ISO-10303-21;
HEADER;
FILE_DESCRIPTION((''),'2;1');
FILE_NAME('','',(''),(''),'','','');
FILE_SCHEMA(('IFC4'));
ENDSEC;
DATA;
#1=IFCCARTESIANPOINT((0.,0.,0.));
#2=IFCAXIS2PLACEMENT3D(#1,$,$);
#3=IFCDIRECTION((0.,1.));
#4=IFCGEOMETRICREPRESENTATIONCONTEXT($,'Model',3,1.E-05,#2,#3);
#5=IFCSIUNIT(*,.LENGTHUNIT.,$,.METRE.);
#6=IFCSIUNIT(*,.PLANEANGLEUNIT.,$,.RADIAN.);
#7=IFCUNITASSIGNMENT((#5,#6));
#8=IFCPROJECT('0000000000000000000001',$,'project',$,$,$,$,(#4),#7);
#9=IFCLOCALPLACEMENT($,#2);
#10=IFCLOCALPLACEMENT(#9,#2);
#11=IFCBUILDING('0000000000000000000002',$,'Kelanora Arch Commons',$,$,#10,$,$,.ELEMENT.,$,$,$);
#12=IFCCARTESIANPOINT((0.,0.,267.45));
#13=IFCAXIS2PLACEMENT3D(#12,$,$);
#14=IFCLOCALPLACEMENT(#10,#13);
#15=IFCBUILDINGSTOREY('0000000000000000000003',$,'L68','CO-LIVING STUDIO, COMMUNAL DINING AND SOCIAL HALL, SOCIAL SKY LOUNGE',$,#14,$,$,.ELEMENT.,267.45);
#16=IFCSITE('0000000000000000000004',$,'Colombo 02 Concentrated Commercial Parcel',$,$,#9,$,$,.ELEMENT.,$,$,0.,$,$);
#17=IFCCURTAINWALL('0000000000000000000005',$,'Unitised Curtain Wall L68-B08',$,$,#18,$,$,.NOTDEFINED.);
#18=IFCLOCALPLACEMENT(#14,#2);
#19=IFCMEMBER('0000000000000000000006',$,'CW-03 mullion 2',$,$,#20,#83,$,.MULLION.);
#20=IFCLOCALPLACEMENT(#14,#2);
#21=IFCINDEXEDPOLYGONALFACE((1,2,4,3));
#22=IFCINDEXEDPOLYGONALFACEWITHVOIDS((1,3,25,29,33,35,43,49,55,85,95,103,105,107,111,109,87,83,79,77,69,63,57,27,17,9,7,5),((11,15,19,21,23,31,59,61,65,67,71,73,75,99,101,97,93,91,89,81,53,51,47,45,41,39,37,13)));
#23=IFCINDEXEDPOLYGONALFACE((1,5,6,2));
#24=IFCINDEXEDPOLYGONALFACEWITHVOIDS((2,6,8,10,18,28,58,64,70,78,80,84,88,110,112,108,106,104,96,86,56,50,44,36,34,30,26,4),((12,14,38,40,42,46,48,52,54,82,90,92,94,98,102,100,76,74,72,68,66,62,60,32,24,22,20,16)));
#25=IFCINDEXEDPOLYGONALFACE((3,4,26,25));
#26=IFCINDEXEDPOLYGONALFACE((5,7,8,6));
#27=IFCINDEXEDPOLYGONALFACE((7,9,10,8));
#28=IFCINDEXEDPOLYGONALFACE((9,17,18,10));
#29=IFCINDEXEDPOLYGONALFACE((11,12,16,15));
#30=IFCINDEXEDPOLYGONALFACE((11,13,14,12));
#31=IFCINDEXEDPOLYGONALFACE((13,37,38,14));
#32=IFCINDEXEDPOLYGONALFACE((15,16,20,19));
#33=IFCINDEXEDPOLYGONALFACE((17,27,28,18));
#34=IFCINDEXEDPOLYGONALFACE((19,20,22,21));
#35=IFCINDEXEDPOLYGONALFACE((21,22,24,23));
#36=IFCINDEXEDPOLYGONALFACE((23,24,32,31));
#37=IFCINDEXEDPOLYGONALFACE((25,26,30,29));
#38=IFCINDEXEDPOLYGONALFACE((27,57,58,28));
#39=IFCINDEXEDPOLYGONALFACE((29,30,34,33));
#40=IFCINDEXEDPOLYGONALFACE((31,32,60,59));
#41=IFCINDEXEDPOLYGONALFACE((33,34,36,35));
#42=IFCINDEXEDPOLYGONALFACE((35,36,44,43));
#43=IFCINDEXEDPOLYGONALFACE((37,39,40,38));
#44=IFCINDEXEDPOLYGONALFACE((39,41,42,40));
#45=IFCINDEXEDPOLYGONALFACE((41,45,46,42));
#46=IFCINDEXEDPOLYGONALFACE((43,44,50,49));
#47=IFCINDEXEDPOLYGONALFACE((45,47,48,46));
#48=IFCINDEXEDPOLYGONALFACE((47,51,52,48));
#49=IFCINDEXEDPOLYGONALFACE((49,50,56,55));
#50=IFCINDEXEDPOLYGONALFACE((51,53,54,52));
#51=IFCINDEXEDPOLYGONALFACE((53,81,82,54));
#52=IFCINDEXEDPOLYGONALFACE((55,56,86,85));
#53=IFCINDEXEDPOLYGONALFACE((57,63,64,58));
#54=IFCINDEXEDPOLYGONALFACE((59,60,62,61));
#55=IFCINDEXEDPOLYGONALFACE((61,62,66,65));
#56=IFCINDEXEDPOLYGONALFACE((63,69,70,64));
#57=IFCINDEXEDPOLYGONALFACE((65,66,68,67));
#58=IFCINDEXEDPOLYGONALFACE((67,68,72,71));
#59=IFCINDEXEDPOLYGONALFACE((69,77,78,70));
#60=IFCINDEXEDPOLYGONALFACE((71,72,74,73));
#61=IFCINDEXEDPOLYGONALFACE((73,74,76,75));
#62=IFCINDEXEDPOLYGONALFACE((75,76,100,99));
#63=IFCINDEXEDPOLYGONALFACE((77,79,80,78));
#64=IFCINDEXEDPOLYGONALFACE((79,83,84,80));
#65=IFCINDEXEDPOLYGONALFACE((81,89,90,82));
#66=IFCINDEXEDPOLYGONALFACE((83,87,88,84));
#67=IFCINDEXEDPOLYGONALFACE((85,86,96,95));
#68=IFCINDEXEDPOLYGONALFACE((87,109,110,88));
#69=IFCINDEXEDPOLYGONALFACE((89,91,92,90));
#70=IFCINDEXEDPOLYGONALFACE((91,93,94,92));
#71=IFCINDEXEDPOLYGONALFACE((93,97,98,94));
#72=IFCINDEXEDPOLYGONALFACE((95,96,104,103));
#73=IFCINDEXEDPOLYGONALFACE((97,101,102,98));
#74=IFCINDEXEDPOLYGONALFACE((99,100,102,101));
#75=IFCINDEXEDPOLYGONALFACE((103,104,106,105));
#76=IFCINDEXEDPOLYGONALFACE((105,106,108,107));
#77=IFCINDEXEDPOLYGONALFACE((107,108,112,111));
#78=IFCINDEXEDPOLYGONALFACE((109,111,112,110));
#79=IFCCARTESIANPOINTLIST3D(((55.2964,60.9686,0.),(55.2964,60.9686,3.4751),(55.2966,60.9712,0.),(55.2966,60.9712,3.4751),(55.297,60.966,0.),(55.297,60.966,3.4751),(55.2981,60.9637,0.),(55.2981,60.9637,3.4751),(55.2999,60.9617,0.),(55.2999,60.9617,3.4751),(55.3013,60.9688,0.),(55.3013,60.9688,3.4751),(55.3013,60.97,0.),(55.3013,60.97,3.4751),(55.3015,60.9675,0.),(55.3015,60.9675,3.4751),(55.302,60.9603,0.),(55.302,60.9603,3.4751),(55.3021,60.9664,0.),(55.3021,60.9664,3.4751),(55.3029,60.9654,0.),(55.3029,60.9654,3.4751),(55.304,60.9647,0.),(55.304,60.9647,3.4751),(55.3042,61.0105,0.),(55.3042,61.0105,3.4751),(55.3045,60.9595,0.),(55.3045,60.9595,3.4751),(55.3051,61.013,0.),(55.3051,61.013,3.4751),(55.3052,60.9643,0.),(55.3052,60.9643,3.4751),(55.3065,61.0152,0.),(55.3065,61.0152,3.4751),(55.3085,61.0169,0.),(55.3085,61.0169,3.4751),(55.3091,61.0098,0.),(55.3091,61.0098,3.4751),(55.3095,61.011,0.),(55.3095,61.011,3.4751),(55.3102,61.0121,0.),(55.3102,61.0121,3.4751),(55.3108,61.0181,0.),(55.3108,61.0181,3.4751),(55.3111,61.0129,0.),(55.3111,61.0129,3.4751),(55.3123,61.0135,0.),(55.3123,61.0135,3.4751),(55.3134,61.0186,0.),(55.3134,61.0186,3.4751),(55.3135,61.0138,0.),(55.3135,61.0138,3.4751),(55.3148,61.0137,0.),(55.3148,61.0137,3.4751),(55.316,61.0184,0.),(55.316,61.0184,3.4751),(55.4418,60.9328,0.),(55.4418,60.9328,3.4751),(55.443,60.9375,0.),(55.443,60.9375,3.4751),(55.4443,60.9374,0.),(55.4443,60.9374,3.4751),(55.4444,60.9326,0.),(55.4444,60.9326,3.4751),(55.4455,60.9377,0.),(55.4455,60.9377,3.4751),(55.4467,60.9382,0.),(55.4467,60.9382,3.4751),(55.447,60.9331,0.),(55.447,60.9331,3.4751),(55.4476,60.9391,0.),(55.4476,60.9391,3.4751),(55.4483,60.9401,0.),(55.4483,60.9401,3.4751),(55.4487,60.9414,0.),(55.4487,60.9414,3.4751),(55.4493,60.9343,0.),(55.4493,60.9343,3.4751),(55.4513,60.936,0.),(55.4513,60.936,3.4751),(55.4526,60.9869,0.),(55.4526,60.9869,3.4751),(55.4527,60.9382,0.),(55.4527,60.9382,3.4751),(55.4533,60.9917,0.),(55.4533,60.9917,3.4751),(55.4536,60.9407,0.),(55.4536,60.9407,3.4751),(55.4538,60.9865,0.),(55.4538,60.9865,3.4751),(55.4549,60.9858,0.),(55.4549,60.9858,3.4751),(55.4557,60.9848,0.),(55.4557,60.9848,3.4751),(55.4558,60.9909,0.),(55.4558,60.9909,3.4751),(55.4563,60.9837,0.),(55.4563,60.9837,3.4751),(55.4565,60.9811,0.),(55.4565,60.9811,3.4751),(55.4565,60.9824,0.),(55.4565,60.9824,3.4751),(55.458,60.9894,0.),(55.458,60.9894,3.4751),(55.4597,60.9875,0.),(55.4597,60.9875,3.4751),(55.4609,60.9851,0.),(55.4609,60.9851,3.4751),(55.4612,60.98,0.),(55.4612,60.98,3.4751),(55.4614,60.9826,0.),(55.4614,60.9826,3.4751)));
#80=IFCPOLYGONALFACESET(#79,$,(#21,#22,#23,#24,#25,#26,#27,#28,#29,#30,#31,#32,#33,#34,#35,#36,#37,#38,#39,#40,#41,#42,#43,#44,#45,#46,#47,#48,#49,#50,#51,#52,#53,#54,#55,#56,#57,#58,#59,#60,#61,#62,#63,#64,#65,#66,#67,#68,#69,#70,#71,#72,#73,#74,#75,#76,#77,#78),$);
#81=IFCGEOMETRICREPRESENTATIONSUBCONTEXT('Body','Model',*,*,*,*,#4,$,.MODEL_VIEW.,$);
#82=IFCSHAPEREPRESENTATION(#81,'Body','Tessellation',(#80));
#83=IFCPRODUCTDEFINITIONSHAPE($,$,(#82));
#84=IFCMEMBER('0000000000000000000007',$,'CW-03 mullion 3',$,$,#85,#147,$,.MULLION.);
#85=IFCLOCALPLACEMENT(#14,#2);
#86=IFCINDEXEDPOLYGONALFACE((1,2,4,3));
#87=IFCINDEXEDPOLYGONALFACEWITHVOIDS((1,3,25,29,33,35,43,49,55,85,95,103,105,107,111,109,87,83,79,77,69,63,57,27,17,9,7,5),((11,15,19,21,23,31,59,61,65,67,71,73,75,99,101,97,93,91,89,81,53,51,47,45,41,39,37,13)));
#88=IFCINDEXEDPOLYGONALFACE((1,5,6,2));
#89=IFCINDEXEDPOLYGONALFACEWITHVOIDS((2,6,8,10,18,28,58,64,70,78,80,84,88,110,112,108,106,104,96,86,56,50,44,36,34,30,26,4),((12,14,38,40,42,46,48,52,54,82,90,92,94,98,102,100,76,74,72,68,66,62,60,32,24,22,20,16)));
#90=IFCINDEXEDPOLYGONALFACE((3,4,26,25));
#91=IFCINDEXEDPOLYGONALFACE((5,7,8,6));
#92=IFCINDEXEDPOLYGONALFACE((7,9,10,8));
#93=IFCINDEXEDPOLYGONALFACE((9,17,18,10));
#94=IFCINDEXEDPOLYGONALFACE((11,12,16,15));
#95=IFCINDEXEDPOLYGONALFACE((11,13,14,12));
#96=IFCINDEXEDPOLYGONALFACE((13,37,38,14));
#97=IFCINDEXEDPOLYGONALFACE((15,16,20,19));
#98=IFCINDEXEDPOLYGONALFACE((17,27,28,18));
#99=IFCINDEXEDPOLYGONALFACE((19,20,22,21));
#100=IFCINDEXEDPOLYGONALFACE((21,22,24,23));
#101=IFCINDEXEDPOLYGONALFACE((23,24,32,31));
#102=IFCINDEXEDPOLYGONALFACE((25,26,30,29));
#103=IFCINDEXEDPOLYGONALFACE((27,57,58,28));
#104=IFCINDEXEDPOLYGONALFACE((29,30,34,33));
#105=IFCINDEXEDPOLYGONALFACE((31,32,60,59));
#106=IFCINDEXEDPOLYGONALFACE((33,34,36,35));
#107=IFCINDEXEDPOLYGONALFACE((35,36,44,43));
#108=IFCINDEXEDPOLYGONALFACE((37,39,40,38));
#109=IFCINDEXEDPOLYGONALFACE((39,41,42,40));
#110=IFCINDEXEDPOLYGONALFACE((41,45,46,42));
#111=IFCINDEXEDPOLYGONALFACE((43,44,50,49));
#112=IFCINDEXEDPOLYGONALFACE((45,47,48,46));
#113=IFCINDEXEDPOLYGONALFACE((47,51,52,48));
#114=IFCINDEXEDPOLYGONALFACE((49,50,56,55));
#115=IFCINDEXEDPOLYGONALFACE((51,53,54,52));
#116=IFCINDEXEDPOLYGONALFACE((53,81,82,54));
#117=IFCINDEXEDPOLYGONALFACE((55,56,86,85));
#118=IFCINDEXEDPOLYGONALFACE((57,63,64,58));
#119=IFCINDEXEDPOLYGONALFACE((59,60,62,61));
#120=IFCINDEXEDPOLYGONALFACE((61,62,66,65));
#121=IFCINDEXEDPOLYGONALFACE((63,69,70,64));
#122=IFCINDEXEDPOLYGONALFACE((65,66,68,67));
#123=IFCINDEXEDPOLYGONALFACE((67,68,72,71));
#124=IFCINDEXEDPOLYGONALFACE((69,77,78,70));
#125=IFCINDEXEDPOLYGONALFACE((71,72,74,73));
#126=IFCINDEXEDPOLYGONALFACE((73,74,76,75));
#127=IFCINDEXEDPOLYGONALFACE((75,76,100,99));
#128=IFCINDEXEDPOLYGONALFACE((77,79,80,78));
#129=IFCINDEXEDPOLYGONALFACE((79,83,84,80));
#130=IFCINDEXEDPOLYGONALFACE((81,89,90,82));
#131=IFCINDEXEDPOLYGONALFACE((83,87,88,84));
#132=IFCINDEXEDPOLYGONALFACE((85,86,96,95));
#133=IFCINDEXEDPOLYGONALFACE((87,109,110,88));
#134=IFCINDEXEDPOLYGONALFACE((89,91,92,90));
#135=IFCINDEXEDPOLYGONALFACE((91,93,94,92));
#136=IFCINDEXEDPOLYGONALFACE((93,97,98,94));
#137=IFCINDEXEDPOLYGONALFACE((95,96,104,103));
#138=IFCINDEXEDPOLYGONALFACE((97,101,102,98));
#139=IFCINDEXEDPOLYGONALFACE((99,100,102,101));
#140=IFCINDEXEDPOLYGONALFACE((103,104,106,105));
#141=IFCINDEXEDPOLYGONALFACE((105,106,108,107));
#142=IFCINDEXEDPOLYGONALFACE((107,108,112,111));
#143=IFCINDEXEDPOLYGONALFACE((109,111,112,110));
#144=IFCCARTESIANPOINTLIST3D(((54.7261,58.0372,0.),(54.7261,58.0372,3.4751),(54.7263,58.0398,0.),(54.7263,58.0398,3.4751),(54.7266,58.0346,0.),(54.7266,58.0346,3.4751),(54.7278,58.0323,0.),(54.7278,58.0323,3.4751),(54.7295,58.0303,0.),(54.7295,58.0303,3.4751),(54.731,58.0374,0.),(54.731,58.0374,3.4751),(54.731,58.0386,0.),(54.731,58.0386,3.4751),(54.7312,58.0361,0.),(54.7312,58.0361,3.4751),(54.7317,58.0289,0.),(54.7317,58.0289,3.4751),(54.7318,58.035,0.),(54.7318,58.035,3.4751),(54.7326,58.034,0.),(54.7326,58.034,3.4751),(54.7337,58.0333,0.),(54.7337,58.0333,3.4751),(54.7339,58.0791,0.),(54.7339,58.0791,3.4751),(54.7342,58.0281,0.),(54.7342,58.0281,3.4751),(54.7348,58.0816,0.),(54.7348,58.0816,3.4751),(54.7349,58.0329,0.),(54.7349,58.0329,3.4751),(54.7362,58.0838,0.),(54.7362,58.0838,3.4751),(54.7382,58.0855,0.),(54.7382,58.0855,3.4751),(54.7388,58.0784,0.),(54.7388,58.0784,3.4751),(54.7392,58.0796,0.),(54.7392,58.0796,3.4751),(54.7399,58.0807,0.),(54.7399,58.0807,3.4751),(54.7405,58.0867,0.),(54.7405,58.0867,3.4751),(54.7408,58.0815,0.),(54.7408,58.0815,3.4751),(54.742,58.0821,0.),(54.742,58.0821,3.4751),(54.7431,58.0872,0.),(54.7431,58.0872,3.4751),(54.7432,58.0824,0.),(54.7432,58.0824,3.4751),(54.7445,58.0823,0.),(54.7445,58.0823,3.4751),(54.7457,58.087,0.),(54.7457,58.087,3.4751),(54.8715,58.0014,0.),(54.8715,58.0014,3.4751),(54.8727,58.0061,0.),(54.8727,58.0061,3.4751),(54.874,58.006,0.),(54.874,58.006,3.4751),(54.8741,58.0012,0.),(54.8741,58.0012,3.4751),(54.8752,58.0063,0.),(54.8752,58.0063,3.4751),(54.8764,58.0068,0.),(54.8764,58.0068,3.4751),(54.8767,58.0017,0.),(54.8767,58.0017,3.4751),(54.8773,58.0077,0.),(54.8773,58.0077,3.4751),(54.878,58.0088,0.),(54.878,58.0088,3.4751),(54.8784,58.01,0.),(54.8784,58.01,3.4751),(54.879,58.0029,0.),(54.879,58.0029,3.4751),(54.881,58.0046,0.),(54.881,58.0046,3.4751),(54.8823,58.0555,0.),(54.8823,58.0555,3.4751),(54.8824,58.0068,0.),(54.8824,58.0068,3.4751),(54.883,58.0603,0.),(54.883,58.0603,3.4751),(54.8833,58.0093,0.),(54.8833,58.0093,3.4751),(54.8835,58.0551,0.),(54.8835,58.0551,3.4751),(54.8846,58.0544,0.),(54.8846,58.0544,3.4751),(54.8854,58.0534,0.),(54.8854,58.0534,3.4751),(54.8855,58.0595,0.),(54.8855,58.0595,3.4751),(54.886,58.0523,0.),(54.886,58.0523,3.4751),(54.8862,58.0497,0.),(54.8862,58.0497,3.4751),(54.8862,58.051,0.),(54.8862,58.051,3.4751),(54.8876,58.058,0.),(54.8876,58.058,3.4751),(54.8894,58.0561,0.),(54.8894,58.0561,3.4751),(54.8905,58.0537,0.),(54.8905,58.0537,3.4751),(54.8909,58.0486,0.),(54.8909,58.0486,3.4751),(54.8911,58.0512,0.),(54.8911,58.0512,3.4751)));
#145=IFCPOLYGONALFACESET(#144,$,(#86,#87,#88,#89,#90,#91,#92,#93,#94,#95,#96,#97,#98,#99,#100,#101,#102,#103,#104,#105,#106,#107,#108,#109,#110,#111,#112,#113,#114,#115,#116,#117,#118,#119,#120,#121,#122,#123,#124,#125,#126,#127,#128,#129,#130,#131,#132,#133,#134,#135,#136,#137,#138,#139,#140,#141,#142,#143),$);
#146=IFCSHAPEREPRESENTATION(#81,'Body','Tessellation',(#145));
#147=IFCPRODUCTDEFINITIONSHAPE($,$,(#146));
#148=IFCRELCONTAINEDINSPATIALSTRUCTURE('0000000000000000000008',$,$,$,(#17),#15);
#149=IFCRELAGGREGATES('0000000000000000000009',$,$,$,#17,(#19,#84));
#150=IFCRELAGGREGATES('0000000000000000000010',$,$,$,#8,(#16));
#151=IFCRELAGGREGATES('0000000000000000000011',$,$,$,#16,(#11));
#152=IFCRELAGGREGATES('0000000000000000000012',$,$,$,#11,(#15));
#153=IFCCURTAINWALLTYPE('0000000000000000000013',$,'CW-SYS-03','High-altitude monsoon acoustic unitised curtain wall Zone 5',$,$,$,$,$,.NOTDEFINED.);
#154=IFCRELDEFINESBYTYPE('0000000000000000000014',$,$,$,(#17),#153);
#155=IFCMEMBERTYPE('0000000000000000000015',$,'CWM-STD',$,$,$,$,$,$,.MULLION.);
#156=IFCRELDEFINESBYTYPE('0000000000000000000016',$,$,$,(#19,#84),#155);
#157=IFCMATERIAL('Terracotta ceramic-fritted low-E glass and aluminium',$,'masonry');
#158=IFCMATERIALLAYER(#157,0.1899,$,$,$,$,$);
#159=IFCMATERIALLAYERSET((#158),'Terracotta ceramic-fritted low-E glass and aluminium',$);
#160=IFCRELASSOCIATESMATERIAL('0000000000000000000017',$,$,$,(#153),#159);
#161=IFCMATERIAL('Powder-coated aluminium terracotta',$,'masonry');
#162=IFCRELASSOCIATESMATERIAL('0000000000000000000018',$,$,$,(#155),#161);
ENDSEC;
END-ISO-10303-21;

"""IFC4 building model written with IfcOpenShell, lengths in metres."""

from ifc_helpers import new_model, si_unit, direction, frame, origin, origin_2d, place, context, subcontext, project, spatial, hollow_rectangle, extrude, material, layer, layer_set, material_profile, profile_set, type_object, element, aggregate, save


model = new_model("IFC4")

# Units and contexts
model_context = context("Model", 3, precision=1e-05, world=origin(), true_north=direction((0.0, 1.0)))
body_context = subcontext(model_context, "Body", "Model", "MODEL_VIEW")
ifc_project = project(units=[si_unit("LENGTHUNIT", "METRE"), si_unit("PLANEANGLEUNIT", "RADIAN")], contexts=[model_context])

# Site, building, storey
site_placement = place(None, origin())
site = spatial("IfcSite", under=ifc_project, at=site_placement, Name="Colombo 02 Concentrated Commercial Parcel", CompositionType="ELEMENT", RefElevation=0.0)
building_placement = place(site_placement, origin())
building = spatial("IfcBuilding", under=site, at=building_placement, Name="Kelanora Arch Commons", CompositionType="ELEMENT")
storey_placement = place(building_placement, frame((0.0, 0.0, 267.45)))
storey = spatial("IfcBuildingStorey", under=building, at=storey_placement, Name="L68", Description="CO-LIVING STUDIO, COMMUNAL DINING AND SOCIAL HALL, SOCIAL SKY LOUNGE", CompositionType="ELEMENT", Elevation=267.45)

# Curtain wall, members
ifc_material_1 = material(Name="Terracotta ceramic-fritted low-E glass and aluminium", Category="masonry")
ifc_layer_1 = layer(ifc_material_1, 0.1899)
ifc_layer_set_1 = layer_set([ifc_layer_1], Name="Terracotta ceramic-fritted low-E glass and aluminium")
curtain_wall_type = type_object("IfcCurtainWallType", Name="CW-SYS-03", Description="High-altitude monsoon acoustic unitised curtain wall Zone 5", PredefinedType="NOTDEFINED", material=ifc_layer_set_1)
curtain_wall_placement = place(storey_placement, origin())
curtain_wall = element("IfcCurtainWall", 1, at=curtain_wall_placement, inside=storey, type_object=curtain_wall_type, Name="Unitised Curtain Wall L68-B08", PredefinedType="NOTDEFINED")
ifc_material_2 = material(Name="Powder-coated aluminium terracotta", Category="masonry")
ifc_material_profile_1 = material_profile(ifc_material_2, hollow_rectangle(XDim=0.1599, YDim=0.0601, WallThickness=0.0049, InnerFilletRadius=0.0049, OuterFilletRadius=0.01, at=origin_2d()), Name="CWM160x60")
ifc_profile_set_1 = profile_set([ifc_material_profile_1], Name="Powder-coated aluminium terracotta")
member_type_1 = type_object("IfcMemberType", Name="CWM-STD", PredefinedType="MULLION", material=ifc_profile_set_1)
member_1_placement = place(storey_placement, frame((55.3789, 60.9756, 0.0), z_axis=(0.0, 0.0, 1.0), x_axis=(0.981596, -0.190972, 0.0)))
member_1 = element("IfcMember", 2, at=member_1_placement, type_object=member_type_1, Name="CW-03 mullion 2", PredefinedType="MULLION", context=body_context, shape_type="SweptSolid", body=[
    extrude(hollow_rectangle(XDim=0.1599, YDim=0.0601, WallThickness=0.0049, InnerFilletRadius=0.0049, OuterFilletRadius=0.01, at=origin_2d()), origin(), (0.0, 0.0, 1.0), 3.4751),
])
member_2_placement = place(storey_placement, frame((54.8086, 58.0442, 0.0), z_axis=(0.0, 0.0, 1.0), x_axis=(0.981596, -0.190972, 0.0)))
member_2 = element("IfcMember", 3, at=member_2_placement, type_object=member_type_1, Name="CW-03 mullion 3", PredefinedType="MULLION", context=body_context, shape_type="SweptSolid", body=[
    extrude(hollow_rectangle(XDim=0.1599, YDim=0.0601, WallThickness=0.0049, InnerFilletRadius=0.0049, OuterFilletRadius=0.01, at=origin_2d()), origin(), (0.0, 0.0, 1.0), 3.4751),
])
aggregate(curtain_wall, [member_1, member_2])

save(model, "model.ifc")
